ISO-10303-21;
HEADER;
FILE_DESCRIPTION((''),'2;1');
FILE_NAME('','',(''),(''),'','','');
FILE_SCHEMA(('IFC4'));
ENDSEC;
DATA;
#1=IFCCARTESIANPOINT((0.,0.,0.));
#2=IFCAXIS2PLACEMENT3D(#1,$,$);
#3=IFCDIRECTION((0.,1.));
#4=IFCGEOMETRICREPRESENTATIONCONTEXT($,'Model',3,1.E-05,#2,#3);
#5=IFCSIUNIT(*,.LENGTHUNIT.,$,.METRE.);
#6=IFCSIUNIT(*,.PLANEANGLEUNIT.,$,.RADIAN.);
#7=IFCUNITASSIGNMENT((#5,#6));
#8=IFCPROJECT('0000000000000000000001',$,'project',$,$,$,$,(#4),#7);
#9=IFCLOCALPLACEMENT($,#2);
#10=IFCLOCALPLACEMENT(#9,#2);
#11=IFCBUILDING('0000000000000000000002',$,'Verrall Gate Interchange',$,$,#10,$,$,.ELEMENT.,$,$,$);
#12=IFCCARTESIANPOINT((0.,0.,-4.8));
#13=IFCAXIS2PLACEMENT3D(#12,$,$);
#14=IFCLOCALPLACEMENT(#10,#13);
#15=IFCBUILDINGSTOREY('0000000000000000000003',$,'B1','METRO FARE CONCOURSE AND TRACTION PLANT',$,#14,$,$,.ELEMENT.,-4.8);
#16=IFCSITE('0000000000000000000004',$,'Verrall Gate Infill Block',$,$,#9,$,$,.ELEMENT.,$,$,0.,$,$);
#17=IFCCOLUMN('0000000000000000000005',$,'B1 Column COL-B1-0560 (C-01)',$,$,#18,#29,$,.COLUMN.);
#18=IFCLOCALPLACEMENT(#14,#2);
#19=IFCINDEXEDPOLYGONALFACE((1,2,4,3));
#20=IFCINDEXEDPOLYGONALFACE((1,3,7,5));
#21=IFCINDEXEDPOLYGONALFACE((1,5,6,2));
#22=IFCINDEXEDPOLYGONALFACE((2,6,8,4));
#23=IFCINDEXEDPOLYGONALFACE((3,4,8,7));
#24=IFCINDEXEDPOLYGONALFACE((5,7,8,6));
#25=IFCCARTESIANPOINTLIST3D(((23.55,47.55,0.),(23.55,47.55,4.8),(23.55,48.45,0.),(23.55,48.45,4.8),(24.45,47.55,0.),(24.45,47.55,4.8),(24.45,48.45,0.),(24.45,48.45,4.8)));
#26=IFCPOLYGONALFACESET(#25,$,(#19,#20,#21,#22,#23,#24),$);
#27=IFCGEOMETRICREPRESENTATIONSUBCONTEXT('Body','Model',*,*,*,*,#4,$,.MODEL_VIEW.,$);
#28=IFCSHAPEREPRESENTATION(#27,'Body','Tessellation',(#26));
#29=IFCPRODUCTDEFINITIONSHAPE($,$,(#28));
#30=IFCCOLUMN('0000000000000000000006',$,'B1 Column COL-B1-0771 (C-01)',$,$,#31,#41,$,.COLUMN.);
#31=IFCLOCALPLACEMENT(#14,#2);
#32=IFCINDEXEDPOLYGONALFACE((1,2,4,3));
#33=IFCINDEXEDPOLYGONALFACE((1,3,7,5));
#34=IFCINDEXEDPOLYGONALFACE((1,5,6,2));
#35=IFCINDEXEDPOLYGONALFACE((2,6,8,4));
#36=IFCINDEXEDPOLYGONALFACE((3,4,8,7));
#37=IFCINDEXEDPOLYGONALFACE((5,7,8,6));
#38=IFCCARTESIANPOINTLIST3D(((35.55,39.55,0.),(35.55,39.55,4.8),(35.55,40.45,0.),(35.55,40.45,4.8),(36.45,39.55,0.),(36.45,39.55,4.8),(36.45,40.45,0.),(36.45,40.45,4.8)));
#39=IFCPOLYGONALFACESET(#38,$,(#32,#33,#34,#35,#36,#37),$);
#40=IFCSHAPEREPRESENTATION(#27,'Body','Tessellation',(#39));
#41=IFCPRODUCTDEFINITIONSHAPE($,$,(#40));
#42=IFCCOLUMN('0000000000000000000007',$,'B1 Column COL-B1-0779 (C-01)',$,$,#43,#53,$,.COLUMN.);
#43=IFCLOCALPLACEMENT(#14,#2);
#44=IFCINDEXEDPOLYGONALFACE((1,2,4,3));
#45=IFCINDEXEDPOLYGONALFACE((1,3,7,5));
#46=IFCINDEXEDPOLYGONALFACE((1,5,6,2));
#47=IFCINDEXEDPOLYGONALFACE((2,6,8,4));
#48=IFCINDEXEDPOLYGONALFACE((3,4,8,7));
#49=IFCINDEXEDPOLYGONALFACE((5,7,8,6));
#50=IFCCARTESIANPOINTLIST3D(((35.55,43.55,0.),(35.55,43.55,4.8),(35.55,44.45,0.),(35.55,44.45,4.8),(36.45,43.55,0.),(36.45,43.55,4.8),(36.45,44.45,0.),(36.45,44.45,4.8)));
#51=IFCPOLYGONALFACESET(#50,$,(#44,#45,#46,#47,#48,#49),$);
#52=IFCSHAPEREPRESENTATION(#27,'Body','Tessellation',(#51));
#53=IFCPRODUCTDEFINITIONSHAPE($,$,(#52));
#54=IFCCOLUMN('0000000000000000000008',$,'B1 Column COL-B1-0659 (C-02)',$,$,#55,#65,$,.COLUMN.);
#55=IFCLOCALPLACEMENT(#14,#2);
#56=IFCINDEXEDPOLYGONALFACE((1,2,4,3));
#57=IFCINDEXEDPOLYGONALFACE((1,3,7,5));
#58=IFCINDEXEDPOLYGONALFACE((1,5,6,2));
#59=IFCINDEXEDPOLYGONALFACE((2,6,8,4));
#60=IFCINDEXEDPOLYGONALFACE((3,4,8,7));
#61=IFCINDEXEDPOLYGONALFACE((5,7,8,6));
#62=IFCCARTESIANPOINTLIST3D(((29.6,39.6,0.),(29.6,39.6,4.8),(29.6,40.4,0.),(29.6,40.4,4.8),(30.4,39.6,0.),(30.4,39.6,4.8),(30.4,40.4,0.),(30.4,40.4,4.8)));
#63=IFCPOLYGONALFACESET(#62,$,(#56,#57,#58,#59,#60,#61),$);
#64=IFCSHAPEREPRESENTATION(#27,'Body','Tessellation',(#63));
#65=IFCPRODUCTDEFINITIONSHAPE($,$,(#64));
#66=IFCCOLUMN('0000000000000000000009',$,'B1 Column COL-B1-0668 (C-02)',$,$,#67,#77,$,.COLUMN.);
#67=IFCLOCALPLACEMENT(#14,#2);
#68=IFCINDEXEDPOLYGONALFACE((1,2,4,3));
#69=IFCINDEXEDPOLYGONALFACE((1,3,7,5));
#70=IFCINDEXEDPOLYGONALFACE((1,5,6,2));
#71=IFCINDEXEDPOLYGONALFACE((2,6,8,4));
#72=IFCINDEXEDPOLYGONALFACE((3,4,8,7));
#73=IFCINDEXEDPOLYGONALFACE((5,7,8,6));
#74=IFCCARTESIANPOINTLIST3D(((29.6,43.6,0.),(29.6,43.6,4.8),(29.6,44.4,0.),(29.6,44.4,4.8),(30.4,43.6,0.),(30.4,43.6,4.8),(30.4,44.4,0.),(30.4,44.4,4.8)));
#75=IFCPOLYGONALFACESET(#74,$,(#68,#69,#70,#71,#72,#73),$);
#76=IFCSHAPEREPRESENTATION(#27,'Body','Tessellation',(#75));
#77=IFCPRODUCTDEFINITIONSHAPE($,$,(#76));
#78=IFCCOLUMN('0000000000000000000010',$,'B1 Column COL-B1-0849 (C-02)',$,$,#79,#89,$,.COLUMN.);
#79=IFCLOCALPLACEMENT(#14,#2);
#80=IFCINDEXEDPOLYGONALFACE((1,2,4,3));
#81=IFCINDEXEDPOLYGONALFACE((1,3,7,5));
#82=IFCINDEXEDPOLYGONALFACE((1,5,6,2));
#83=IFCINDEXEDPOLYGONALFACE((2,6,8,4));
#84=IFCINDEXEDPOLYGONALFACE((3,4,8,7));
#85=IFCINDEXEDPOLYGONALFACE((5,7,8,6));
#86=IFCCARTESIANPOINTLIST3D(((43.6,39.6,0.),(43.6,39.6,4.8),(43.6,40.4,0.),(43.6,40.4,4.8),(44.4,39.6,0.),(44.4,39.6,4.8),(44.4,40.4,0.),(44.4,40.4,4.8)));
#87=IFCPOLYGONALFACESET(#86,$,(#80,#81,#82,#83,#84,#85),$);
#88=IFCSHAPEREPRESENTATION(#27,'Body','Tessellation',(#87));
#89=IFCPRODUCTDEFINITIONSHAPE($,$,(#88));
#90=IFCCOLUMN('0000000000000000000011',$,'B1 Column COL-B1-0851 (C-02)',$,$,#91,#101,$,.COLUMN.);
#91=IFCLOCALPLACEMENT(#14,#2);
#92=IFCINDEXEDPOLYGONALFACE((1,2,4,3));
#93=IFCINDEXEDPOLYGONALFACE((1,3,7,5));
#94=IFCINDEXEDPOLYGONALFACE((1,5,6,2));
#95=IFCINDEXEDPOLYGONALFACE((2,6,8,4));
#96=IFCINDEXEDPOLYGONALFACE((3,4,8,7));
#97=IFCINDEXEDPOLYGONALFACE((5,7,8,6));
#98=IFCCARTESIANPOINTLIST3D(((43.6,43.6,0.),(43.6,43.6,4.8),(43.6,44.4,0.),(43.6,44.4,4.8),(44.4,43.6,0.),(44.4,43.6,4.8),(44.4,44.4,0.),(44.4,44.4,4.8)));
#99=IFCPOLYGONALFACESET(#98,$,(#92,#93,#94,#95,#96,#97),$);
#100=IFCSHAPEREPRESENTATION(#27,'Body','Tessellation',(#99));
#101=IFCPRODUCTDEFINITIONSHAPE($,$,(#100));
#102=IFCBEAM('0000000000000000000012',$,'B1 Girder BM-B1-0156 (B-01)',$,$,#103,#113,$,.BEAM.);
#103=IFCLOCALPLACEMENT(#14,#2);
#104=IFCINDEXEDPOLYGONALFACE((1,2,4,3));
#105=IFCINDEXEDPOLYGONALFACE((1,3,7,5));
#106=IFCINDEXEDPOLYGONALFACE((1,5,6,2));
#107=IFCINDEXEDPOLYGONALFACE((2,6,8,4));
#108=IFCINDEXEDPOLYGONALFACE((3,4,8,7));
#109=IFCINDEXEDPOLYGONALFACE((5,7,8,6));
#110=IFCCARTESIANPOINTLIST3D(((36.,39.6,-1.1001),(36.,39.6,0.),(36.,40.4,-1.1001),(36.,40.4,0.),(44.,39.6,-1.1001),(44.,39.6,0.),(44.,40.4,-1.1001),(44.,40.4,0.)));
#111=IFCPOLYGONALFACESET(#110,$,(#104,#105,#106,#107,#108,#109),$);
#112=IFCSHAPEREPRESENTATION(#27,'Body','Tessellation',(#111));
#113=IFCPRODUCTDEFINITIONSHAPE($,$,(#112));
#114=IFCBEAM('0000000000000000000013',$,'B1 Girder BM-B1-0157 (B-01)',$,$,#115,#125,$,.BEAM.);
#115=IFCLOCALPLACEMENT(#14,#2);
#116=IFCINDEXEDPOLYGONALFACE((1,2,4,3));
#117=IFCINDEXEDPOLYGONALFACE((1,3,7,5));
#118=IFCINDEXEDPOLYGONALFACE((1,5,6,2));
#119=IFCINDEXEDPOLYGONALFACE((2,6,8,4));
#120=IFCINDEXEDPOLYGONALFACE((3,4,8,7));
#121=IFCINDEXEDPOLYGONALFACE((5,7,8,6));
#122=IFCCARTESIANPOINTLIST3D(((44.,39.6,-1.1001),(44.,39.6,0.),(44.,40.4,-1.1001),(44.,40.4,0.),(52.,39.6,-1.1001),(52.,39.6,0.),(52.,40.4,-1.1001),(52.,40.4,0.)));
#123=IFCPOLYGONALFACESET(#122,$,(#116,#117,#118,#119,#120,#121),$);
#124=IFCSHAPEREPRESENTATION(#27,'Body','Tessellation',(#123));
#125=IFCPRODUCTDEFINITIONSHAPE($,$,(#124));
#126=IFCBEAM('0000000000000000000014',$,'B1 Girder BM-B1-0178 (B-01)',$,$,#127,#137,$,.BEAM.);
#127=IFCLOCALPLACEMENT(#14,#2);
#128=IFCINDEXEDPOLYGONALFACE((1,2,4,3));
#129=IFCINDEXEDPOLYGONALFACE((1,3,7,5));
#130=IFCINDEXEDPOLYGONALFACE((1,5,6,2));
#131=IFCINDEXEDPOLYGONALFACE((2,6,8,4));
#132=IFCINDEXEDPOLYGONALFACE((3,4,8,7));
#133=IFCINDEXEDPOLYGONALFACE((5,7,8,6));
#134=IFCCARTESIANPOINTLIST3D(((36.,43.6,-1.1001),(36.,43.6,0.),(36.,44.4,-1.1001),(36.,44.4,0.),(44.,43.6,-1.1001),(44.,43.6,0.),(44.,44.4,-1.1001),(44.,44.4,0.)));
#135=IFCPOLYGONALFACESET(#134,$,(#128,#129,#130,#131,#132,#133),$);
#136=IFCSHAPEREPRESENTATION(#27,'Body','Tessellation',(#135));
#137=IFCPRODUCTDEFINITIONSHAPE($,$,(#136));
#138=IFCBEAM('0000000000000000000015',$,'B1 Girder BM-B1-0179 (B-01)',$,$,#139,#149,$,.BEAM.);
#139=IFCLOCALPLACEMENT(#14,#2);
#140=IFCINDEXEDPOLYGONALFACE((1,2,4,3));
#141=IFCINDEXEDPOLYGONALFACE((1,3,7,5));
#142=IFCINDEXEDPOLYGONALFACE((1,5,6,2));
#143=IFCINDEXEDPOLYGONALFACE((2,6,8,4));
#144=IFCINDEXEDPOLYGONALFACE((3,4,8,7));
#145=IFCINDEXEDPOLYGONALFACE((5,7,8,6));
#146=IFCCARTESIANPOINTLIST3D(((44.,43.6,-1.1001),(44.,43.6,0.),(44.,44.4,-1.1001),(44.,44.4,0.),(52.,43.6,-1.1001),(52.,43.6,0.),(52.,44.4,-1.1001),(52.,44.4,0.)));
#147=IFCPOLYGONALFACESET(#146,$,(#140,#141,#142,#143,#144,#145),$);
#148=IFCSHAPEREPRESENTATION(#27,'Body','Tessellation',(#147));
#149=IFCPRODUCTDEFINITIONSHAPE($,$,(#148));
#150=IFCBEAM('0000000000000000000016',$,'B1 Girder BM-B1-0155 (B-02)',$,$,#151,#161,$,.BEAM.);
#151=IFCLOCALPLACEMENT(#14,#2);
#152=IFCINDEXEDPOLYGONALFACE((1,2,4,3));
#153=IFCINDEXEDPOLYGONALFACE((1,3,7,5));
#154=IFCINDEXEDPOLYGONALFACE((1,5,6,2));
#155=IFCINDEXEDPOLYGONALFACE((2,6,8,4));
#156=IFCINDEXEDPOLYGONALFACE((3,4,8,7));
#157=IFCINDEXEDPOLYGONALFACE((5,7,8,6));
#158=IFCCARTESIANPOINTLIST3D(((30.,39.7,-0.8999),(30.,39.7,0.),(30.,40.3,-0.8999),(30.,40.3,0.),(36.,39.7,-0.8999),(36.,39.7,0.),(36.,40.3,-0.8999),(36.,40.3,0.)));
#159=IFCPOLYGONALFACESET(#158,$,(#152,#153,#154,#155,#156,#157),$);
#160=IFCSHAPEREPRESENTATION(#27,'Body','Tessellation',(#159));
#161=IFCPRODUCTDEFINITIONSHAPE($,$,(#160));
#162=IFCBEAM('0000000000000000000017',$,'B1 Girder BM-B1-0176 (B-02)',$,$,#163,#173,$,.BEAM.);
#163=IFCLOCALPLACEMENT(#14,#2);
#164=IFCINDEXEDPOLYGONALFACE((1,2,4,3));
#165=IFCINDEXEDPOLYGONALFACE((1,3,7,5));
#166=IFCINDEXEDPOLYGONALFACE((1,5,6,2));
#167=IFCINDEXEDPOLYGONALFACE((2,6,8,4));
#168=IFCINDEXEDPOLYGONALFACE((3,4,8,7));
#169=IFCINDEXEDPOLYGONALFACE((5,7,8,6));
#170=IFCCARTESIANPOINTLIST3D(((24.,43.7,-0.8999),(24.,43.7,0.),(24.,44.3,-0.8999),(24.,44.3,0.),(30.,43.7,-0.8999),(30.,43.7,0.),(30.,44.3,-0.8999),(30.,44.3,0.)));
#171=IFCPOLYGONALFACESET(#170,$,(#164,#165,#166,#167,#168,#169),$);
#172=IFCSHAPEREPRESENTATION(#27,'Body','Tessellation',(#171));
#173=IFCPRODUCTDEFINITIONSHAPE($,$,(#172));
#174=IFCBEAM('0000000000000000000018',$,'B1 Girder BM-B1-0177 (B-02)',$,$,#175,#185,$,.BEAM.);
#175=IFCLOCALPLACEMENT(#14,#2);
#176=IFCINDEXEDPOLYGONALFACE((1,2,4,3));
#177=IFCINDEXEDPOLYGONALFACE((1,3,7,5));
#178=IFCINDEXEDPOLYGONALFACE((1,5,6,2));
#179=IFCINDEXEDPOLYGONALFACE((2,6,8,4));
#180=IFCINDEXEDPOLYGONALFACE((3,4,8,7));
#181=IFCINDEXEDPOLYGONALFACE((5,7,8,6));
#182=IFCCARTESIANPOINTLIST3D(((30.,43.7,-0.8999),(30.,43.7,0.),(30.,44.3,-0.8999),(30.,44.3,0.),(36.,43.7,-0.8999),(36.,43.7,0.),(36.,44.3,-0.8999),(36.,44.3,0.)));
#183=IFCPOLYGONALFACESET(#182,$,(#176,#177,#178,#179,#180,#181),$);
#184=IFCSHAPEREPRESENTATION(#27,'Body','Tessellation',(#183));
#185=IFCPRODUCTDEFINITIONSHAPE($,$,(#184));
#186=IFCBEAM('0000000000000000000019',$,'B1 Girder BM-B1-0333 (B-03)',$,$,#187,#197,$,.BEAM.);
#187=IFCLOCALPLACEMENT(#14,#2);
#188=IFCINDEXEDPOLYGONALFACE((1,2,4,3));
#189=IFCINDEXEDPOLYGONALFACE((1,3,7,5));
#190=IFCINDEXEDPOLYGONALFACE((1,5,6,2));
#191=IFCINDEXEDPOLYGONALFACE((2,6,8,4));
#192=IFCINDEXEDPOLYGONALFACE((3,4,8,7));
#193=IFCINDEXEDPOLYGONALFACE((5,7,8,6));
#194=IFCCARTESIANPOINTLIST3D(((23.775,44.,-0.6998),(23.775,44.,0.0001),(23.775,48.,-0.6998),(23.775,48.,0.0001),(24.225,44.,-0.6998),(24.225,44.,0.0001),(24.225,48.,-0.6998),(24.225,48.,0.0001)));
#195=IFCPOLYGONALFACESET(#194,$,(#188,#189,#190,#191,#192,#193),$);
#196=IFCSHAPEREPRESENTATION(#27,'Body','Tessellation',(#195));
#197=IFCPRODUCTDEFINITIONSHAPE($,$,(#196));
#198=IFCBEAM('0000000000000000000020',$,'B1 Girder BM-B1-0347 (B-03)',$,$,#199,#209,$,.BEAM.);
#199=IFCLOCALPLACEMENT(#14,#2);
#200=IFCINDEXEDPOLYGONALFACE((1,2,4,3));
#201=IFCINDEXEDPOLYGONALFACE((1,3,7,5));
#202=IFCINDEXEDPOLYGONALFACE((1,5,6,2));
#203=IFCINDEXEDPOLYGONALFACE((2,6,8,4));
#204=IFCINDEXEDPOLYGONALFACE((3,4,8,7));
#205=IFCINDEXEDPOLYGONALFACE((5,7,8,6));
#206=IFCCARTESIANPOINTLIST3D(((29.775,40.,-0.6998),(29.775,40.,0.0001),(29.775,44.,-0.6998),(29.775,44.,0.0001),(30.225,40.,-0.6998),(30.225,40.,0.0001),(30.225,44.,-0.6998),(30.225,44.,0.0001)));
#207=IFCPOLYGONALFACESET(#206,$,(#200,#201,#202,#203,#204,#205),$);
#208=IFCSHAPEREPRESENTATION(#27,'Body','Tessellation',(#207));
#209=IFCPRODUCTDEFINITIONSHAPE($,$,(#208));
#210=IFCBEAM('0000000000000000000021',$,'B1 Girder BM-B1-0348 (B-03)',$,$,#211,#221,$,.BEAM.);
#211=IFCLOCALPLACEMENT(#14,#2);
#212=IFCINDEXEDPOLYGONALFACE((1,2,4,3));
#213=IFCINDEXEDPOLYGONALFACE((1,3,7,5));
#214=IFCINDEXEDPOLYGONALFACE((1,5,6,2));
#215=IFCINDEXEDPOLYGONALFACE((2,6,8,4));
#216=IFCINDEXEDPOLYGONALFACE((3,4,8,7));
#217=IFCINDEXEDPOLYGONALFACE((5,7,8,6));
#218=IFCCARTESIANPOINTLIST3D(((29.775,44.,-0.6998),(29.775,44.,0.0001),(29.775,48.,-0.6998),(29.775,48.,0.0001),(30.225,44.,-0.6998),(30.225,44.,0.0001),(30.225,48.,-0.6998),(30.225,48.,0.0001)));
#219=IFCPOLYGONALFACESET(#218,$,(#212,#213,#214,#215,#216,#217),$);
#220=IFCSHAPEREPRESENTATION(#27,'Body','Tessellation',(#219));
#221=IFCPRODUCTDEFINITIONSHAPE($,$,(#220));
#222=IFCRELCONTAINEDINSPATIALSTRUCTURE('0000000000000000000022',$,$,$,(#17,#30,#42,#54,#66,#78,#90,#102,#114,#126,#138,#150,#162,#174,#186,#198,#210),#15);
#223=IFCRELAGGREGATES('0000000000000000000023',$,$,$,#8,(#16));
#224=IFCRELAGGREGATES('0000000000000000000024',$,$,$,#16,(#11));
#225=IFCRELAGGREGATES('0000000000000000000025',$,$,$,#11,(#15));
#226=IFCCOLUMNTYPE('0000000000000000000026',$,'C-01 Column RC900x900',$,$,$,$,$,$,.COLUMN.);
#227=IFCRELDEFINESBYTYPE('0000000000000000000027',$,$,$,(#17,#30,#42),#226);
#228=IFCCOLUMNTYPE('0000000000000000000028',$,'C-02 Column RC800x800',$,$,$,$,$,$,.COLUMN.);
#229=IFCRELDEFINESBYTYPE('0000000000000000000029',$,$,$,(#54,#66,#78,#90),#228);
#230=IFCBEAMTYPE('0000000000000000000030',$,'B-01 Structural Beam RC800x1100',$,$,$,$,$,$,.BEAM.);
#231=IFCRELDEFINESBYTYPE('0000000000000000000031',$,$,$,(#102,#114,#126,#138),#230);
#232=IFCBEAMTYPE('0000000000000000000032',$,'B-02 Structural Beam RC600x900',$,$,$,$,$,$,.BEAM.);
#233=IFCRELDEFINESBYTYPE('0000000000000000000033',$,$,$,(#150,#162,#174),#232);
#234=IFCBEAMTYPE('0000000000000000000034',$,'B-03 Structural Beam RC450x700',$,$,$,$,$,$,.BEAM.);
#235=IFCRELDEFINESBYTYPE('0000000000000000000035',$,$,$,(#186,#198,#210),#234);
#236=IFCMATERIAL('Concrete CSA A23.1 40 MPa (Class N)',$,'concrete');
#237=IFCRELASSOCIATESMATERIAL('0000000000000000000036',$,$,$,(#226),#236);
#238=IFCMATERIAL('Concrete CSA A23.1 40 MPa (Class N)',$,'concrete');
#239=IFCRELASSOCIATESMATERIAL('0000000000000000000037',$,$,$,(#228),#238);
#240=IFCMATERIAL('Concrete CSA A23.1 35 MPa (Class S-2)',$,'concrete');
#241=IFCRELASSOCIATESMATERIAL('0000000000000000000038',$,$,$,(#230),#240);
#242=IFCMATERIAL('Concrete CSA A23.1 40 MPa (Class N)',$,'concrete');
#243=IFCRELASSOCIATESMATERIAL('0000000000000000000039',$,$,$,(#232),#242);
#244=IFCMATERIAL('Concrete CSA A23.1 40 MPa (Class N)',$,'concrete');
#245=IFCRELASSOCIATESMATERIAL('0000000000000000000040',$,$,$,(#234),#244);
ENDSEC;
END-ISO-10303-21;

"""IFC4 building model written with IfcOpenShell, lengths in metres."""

from ifc_helpers import new_model, si_unit, direction, frame, origin, origin_2d, place, context, subcontext, project, spatial, rectangle, extrude, material, material_profile, profile_set, type_object, element, save


model = new_model("IFC4")

# Units and contexts
model_context = context("Model", 3, precision=1e-05, world=origin(), true_north=direction((0.0, 1.0)))
body_context = subcontext(model_context, "Body", "Model", "MODEL_VIEW")
ifc_project = project(units=[si_unit("LENGTHUNIT", "METRE"), si_unit("PLANEANGLEUNIT", "RADIAN")], contexts=[model_context])

# Site, building, storey
site_placement = place(None, origin())
site = spatial("IfcSite", under=ifc_project, at=site_placement, Name="Verrall Gate Infill Block", CompositionType="ELEMENT", RefElevation=0.0)
building_placement = place(site_placement, origin())
building = spatial("IfcBuilding", under=site, at=building_placement, Name="Verrall Gate Interchange", CompositionType="ELEMENT")
storey_placement = place(building_placement, frame((0.0, 0.0, -4.8)))
storey = spatial("IfcBuildingStorey", under=building, at=storey_placement, Name="B1", Description="METRO FARE CONCOURSE AND TRACTION PLANT", CompositionType="ELEMENT", Elevation=-4.8)

# Columns
ifc_material_1 = material(Name="Concrete CSA A23.1 40 MPa (Class N)", Category="concrete")
ifc_material_profile_1 = material_profile(ifc_material_1, rectangle(XDim=0.8999, YDim=0.8999, at=origin_2d()), Name="RC900x900")
ifc_profile_set_1 = profile_set([ifc_material_profile_1], Name="Concrete CSA A23.1 40 MPa (Class N)")
column_type_1 = type_object("IfcColumnType", Name="C-01 Column RC900x900", PredefinedType="COLUMN", material=ifc_profile_set_1)
for number, where, z_axis, x_axis, name in (
    (1, (24.0, 48.0, 0.0), (0.0, 0.0, 1.0), (1.0, 0.0, 0.0), "B1 Column COL-B1-0560 (C-01)"),
    (2, (36.0, 40.0, 0.0), (0.0, 0.0, 1.0), (1.0, 0.0, 0.0), "B1 Column COL-B1-0771 (C-01)"),
    (3, (36.0, 44.0, 0.0), (0.0, 0.0, 1.0), (1.0, 0.0, 0.0), "B1 Column COL-B1-0779 (C-01)"),
):
    element("IfcColumn", number, at=place(storey_placement, frame(where, z_axis=z_axis, x_axis=x_axis)), inside=storey, type_object=column_type_1, Name=name, PredefinedType="COLUMN", context=body_context, shape_type="SweptSolid", body=[
        extrude(rectangle(XDim=0.8999, YDim=0.8999, at=origin_2d()), origin(), (0.0, 0.0, 1.0), 4.8),
    ])
ifc_material_2 = material(Name="Concrete CSA A23.1 40 MPa (Class N)", Category="concrete")
ifc_material_profile_2 = material_profile(ifc_material_2, rectangle(XDim=0.8, YDim=0.8, at=origin_2d()), Name="RC800x800")
ifc_profile_set_2 = profile_set([ifc_material_profile_2], Name="Concrete CSA A23.1 40 MPa (Class N)")
column_type_2 = type_object("IfcColumnType", Name="C-02 Column RC800x800", PredefinedType="COLUMN", material=ifc_profile_set_2)
for number, where, z_axis, x_axis, name in (
    (4, (30.0, 40.0, 0.0), (0.0, 0.0, 1.0), (1.0, 0.0, 0.0), "B1 Column COL-B1-0659 (C-02)"),
    (5, (30.0, 44.0, 0.0), (0.0, 0.0, 1.0), (1.0, 0.0, 0.0), "B1 Column COL-B1-0668 (C-02)"),
    (6, (44.0, 40.0, 0.0), (0.0, 0.0, 1.0), (1.0, 0.0, 0.0), "B1 Column COL-B1-0849 (C-02)"),
    (7, (44.0, 44.0, 0.0), (0.0, 0.0, 1.0), (1.0, 0.0, 0.0), "B1 Column COL-B1-0851 (C-02)"),
):
    element("IfcColumn", number, at=place(storey_placement, frame(where, z_axis=z_axis, x_axis=x_axis)), inside=storey, type_object=column_type_2, Name=name, PredefinedType="COLUMN", context=body_context, shape_type="SweptSolid", body=[
        extrude(rectangle(XDim=0.8, YDim=0.8, at=origin_2d()), origin(), (0.0, 0.0, 1.0), 4.8),
    ])

# Beams
ifc_material_3 = material(Name="Concrete CSA A23.1 35 MPa (Class S-2)", Category="concrete")
ifc_material_profile_3 = material_profile(ifc_material_3, rectangle(XDim=0.8, YDim=1.1001, at=origin_2d()), Name="RC800x1100")
ifc_profile_set_3 = profile_set([ifc_material_profile_3], Name="Concrete CSA A23.1 35 MPa (Class S-2)")
beam_type_1 = type_object("IfcBeamType", Name="B-01 Structural Beam RC800x1100", PredefinedType="BEAM", material=ifc_profile_set_3)
for number, where, z_axis, x_axis, name in (
    (8, (36.0, 40.0, -0.55), (1.0, 0.0, 0.0), (0.0, 1.0, 0.0), "B1 Girder BM-B1-0156 (B-01)"),
    (9, (44.0, 40.0, -0.55), (1.0, 0.0, 0.0), (0.0, 1.0, 0.0), "B1 Girder BM-B1-0157 (B-01)"),
    (10, (36.0, 44.0, -0.55), (1.0, 0.0, 0.0), (0.0, 1.0, 0.0), "B1 Girder BM-B1-0178 (B-01)"),
    (11, (44.0, 44.0, -0.55), (1.0, 0.0, 0.0), (0.0, 1.0, 0.0), "B1 Girder BM-B1-0179 (B-01)"),
):
    element("IfcBeam", number, at=place(storey_placement, frame(where, z_axis=z_axis, x_axis=x_axis)), inside=storey, type_object=beam_type_1, Name=name, PredefinedType="BEAM", context=body_context, shape_type="SweptSolid", body=[
        extrude(rectangle(XDim=0.8, YDim=1.1001, at=origin_2d()), origin(), (0.0, 0.0, 1.0), 8.0),
    ])
ifc_material_4 = material(Name="Concrete CSA A23.1 40 MPa (Class N)", Category="concrete")
ifc_material_profile_4 = material_profile(ifc_material_4, rectangle(XDim=0.6001, YDim=0.8999, at=origin_2d()), Name="RC600x900")
ifc_profile_set_4 = profile_set([ifc_material_profile_4], Name="Concrete CSA A23.1 40 MPa (Class N)")
beam_type_2 = type_object("IfcBeamType", Name="B-02 Structural Beam RC600x900", PredefinedType="BEAM", material=ifc_profile_set_4)
for number, where, z_axis, x_axis, name in (
    (12, (30.0, 40.0, -0.45), (1.0, 0.0, 0.0), (0.0, 1.0, 0.0), "B1 Girder BM-B1-0155 (B-02)"),
    (13, (24.0, 44.0, -0.45), (1.0, 0.0, 0.0), (0.0, 1.0, 0.0), "B1 Girder BM-B1-0176 (B-02)"),
    (14, (30.0, 44.0, -0.45), (1.0, 0.0, 0.0), (0.0, 1.0, 0.0), "B1 Girder BM-B1-0177 (B-02)"),
):
    element("IfcBeam", number, at=place(storey_placement, frame(where, z_axis=z_axis, x_axis=x_axis)), inside=storey, type_object=beam_type_2, Name=name, PredefinedType="BEAM", context=body_context, shape_type="SweptSolid", body=[
        extrude(rectangle(XDim=0.6001, YDim=0.8999, at=origin_2d()), origin(), (0.0, 0.0, 1.0), 6.0),
    ])
ifc_material_5 = material(Name="Concrete CSA A23.1 40 MPa (Class N)", Category="concrete")
ifc_material_profile_5 = material_profile(ifc_material_5, rectangle(XDim=0.45, YDim=0.7, at=origin_2d()), Name="RC450x700")
ifc_profile_set_5 = profile_set([ifc_material_profile_5], Name="Concrete CSA A23.1 40 MPa (Class N)")
beam_type_3 = type_object("IfcBeamType", Name="B-03 Structural Beam RC450x700", PredefinedType="BEAM", material=ifc_profile_set_5)
for number, where, z_axis, x_axis, name in (
    (15, (24.0, 44.0, -0.3499), (0.0, 1.0, 0.0), (-1.0, 0.0, 0.0), "B1 Girder BM-B1-0333 (B-03)"),
    (16, (30.0, 40.0, -0.3499), (0.0, 1.0, 0.0), (-1.0, 0.0, 0.0), "B1 Girder BM-B1-0347 (B-03)"),
    (17, (30.0, 44.0, -0.3499), (0.0, 1.0, 0.0), (-1.0, 0.0, 0.0), "B1 Girder BM-B1-0348 (B-03)"),
):
    element("IfcBeam", number, at=place(storey_placement, frame(where, z_axis=z_axis, x_axis=x_axis)), inside=storey, type_object=beam_type_3, Name=name, PredefinedType="BEAM", context=body_context, shape_type="SweptSolid", body=[
        extrude(rectangle(XDim=0.45, YDim=0.7, at=origin_2d()), origin(), (0.0, 0.0, 1.0), 4.0),
    ])

save(model, "model.ifc")
